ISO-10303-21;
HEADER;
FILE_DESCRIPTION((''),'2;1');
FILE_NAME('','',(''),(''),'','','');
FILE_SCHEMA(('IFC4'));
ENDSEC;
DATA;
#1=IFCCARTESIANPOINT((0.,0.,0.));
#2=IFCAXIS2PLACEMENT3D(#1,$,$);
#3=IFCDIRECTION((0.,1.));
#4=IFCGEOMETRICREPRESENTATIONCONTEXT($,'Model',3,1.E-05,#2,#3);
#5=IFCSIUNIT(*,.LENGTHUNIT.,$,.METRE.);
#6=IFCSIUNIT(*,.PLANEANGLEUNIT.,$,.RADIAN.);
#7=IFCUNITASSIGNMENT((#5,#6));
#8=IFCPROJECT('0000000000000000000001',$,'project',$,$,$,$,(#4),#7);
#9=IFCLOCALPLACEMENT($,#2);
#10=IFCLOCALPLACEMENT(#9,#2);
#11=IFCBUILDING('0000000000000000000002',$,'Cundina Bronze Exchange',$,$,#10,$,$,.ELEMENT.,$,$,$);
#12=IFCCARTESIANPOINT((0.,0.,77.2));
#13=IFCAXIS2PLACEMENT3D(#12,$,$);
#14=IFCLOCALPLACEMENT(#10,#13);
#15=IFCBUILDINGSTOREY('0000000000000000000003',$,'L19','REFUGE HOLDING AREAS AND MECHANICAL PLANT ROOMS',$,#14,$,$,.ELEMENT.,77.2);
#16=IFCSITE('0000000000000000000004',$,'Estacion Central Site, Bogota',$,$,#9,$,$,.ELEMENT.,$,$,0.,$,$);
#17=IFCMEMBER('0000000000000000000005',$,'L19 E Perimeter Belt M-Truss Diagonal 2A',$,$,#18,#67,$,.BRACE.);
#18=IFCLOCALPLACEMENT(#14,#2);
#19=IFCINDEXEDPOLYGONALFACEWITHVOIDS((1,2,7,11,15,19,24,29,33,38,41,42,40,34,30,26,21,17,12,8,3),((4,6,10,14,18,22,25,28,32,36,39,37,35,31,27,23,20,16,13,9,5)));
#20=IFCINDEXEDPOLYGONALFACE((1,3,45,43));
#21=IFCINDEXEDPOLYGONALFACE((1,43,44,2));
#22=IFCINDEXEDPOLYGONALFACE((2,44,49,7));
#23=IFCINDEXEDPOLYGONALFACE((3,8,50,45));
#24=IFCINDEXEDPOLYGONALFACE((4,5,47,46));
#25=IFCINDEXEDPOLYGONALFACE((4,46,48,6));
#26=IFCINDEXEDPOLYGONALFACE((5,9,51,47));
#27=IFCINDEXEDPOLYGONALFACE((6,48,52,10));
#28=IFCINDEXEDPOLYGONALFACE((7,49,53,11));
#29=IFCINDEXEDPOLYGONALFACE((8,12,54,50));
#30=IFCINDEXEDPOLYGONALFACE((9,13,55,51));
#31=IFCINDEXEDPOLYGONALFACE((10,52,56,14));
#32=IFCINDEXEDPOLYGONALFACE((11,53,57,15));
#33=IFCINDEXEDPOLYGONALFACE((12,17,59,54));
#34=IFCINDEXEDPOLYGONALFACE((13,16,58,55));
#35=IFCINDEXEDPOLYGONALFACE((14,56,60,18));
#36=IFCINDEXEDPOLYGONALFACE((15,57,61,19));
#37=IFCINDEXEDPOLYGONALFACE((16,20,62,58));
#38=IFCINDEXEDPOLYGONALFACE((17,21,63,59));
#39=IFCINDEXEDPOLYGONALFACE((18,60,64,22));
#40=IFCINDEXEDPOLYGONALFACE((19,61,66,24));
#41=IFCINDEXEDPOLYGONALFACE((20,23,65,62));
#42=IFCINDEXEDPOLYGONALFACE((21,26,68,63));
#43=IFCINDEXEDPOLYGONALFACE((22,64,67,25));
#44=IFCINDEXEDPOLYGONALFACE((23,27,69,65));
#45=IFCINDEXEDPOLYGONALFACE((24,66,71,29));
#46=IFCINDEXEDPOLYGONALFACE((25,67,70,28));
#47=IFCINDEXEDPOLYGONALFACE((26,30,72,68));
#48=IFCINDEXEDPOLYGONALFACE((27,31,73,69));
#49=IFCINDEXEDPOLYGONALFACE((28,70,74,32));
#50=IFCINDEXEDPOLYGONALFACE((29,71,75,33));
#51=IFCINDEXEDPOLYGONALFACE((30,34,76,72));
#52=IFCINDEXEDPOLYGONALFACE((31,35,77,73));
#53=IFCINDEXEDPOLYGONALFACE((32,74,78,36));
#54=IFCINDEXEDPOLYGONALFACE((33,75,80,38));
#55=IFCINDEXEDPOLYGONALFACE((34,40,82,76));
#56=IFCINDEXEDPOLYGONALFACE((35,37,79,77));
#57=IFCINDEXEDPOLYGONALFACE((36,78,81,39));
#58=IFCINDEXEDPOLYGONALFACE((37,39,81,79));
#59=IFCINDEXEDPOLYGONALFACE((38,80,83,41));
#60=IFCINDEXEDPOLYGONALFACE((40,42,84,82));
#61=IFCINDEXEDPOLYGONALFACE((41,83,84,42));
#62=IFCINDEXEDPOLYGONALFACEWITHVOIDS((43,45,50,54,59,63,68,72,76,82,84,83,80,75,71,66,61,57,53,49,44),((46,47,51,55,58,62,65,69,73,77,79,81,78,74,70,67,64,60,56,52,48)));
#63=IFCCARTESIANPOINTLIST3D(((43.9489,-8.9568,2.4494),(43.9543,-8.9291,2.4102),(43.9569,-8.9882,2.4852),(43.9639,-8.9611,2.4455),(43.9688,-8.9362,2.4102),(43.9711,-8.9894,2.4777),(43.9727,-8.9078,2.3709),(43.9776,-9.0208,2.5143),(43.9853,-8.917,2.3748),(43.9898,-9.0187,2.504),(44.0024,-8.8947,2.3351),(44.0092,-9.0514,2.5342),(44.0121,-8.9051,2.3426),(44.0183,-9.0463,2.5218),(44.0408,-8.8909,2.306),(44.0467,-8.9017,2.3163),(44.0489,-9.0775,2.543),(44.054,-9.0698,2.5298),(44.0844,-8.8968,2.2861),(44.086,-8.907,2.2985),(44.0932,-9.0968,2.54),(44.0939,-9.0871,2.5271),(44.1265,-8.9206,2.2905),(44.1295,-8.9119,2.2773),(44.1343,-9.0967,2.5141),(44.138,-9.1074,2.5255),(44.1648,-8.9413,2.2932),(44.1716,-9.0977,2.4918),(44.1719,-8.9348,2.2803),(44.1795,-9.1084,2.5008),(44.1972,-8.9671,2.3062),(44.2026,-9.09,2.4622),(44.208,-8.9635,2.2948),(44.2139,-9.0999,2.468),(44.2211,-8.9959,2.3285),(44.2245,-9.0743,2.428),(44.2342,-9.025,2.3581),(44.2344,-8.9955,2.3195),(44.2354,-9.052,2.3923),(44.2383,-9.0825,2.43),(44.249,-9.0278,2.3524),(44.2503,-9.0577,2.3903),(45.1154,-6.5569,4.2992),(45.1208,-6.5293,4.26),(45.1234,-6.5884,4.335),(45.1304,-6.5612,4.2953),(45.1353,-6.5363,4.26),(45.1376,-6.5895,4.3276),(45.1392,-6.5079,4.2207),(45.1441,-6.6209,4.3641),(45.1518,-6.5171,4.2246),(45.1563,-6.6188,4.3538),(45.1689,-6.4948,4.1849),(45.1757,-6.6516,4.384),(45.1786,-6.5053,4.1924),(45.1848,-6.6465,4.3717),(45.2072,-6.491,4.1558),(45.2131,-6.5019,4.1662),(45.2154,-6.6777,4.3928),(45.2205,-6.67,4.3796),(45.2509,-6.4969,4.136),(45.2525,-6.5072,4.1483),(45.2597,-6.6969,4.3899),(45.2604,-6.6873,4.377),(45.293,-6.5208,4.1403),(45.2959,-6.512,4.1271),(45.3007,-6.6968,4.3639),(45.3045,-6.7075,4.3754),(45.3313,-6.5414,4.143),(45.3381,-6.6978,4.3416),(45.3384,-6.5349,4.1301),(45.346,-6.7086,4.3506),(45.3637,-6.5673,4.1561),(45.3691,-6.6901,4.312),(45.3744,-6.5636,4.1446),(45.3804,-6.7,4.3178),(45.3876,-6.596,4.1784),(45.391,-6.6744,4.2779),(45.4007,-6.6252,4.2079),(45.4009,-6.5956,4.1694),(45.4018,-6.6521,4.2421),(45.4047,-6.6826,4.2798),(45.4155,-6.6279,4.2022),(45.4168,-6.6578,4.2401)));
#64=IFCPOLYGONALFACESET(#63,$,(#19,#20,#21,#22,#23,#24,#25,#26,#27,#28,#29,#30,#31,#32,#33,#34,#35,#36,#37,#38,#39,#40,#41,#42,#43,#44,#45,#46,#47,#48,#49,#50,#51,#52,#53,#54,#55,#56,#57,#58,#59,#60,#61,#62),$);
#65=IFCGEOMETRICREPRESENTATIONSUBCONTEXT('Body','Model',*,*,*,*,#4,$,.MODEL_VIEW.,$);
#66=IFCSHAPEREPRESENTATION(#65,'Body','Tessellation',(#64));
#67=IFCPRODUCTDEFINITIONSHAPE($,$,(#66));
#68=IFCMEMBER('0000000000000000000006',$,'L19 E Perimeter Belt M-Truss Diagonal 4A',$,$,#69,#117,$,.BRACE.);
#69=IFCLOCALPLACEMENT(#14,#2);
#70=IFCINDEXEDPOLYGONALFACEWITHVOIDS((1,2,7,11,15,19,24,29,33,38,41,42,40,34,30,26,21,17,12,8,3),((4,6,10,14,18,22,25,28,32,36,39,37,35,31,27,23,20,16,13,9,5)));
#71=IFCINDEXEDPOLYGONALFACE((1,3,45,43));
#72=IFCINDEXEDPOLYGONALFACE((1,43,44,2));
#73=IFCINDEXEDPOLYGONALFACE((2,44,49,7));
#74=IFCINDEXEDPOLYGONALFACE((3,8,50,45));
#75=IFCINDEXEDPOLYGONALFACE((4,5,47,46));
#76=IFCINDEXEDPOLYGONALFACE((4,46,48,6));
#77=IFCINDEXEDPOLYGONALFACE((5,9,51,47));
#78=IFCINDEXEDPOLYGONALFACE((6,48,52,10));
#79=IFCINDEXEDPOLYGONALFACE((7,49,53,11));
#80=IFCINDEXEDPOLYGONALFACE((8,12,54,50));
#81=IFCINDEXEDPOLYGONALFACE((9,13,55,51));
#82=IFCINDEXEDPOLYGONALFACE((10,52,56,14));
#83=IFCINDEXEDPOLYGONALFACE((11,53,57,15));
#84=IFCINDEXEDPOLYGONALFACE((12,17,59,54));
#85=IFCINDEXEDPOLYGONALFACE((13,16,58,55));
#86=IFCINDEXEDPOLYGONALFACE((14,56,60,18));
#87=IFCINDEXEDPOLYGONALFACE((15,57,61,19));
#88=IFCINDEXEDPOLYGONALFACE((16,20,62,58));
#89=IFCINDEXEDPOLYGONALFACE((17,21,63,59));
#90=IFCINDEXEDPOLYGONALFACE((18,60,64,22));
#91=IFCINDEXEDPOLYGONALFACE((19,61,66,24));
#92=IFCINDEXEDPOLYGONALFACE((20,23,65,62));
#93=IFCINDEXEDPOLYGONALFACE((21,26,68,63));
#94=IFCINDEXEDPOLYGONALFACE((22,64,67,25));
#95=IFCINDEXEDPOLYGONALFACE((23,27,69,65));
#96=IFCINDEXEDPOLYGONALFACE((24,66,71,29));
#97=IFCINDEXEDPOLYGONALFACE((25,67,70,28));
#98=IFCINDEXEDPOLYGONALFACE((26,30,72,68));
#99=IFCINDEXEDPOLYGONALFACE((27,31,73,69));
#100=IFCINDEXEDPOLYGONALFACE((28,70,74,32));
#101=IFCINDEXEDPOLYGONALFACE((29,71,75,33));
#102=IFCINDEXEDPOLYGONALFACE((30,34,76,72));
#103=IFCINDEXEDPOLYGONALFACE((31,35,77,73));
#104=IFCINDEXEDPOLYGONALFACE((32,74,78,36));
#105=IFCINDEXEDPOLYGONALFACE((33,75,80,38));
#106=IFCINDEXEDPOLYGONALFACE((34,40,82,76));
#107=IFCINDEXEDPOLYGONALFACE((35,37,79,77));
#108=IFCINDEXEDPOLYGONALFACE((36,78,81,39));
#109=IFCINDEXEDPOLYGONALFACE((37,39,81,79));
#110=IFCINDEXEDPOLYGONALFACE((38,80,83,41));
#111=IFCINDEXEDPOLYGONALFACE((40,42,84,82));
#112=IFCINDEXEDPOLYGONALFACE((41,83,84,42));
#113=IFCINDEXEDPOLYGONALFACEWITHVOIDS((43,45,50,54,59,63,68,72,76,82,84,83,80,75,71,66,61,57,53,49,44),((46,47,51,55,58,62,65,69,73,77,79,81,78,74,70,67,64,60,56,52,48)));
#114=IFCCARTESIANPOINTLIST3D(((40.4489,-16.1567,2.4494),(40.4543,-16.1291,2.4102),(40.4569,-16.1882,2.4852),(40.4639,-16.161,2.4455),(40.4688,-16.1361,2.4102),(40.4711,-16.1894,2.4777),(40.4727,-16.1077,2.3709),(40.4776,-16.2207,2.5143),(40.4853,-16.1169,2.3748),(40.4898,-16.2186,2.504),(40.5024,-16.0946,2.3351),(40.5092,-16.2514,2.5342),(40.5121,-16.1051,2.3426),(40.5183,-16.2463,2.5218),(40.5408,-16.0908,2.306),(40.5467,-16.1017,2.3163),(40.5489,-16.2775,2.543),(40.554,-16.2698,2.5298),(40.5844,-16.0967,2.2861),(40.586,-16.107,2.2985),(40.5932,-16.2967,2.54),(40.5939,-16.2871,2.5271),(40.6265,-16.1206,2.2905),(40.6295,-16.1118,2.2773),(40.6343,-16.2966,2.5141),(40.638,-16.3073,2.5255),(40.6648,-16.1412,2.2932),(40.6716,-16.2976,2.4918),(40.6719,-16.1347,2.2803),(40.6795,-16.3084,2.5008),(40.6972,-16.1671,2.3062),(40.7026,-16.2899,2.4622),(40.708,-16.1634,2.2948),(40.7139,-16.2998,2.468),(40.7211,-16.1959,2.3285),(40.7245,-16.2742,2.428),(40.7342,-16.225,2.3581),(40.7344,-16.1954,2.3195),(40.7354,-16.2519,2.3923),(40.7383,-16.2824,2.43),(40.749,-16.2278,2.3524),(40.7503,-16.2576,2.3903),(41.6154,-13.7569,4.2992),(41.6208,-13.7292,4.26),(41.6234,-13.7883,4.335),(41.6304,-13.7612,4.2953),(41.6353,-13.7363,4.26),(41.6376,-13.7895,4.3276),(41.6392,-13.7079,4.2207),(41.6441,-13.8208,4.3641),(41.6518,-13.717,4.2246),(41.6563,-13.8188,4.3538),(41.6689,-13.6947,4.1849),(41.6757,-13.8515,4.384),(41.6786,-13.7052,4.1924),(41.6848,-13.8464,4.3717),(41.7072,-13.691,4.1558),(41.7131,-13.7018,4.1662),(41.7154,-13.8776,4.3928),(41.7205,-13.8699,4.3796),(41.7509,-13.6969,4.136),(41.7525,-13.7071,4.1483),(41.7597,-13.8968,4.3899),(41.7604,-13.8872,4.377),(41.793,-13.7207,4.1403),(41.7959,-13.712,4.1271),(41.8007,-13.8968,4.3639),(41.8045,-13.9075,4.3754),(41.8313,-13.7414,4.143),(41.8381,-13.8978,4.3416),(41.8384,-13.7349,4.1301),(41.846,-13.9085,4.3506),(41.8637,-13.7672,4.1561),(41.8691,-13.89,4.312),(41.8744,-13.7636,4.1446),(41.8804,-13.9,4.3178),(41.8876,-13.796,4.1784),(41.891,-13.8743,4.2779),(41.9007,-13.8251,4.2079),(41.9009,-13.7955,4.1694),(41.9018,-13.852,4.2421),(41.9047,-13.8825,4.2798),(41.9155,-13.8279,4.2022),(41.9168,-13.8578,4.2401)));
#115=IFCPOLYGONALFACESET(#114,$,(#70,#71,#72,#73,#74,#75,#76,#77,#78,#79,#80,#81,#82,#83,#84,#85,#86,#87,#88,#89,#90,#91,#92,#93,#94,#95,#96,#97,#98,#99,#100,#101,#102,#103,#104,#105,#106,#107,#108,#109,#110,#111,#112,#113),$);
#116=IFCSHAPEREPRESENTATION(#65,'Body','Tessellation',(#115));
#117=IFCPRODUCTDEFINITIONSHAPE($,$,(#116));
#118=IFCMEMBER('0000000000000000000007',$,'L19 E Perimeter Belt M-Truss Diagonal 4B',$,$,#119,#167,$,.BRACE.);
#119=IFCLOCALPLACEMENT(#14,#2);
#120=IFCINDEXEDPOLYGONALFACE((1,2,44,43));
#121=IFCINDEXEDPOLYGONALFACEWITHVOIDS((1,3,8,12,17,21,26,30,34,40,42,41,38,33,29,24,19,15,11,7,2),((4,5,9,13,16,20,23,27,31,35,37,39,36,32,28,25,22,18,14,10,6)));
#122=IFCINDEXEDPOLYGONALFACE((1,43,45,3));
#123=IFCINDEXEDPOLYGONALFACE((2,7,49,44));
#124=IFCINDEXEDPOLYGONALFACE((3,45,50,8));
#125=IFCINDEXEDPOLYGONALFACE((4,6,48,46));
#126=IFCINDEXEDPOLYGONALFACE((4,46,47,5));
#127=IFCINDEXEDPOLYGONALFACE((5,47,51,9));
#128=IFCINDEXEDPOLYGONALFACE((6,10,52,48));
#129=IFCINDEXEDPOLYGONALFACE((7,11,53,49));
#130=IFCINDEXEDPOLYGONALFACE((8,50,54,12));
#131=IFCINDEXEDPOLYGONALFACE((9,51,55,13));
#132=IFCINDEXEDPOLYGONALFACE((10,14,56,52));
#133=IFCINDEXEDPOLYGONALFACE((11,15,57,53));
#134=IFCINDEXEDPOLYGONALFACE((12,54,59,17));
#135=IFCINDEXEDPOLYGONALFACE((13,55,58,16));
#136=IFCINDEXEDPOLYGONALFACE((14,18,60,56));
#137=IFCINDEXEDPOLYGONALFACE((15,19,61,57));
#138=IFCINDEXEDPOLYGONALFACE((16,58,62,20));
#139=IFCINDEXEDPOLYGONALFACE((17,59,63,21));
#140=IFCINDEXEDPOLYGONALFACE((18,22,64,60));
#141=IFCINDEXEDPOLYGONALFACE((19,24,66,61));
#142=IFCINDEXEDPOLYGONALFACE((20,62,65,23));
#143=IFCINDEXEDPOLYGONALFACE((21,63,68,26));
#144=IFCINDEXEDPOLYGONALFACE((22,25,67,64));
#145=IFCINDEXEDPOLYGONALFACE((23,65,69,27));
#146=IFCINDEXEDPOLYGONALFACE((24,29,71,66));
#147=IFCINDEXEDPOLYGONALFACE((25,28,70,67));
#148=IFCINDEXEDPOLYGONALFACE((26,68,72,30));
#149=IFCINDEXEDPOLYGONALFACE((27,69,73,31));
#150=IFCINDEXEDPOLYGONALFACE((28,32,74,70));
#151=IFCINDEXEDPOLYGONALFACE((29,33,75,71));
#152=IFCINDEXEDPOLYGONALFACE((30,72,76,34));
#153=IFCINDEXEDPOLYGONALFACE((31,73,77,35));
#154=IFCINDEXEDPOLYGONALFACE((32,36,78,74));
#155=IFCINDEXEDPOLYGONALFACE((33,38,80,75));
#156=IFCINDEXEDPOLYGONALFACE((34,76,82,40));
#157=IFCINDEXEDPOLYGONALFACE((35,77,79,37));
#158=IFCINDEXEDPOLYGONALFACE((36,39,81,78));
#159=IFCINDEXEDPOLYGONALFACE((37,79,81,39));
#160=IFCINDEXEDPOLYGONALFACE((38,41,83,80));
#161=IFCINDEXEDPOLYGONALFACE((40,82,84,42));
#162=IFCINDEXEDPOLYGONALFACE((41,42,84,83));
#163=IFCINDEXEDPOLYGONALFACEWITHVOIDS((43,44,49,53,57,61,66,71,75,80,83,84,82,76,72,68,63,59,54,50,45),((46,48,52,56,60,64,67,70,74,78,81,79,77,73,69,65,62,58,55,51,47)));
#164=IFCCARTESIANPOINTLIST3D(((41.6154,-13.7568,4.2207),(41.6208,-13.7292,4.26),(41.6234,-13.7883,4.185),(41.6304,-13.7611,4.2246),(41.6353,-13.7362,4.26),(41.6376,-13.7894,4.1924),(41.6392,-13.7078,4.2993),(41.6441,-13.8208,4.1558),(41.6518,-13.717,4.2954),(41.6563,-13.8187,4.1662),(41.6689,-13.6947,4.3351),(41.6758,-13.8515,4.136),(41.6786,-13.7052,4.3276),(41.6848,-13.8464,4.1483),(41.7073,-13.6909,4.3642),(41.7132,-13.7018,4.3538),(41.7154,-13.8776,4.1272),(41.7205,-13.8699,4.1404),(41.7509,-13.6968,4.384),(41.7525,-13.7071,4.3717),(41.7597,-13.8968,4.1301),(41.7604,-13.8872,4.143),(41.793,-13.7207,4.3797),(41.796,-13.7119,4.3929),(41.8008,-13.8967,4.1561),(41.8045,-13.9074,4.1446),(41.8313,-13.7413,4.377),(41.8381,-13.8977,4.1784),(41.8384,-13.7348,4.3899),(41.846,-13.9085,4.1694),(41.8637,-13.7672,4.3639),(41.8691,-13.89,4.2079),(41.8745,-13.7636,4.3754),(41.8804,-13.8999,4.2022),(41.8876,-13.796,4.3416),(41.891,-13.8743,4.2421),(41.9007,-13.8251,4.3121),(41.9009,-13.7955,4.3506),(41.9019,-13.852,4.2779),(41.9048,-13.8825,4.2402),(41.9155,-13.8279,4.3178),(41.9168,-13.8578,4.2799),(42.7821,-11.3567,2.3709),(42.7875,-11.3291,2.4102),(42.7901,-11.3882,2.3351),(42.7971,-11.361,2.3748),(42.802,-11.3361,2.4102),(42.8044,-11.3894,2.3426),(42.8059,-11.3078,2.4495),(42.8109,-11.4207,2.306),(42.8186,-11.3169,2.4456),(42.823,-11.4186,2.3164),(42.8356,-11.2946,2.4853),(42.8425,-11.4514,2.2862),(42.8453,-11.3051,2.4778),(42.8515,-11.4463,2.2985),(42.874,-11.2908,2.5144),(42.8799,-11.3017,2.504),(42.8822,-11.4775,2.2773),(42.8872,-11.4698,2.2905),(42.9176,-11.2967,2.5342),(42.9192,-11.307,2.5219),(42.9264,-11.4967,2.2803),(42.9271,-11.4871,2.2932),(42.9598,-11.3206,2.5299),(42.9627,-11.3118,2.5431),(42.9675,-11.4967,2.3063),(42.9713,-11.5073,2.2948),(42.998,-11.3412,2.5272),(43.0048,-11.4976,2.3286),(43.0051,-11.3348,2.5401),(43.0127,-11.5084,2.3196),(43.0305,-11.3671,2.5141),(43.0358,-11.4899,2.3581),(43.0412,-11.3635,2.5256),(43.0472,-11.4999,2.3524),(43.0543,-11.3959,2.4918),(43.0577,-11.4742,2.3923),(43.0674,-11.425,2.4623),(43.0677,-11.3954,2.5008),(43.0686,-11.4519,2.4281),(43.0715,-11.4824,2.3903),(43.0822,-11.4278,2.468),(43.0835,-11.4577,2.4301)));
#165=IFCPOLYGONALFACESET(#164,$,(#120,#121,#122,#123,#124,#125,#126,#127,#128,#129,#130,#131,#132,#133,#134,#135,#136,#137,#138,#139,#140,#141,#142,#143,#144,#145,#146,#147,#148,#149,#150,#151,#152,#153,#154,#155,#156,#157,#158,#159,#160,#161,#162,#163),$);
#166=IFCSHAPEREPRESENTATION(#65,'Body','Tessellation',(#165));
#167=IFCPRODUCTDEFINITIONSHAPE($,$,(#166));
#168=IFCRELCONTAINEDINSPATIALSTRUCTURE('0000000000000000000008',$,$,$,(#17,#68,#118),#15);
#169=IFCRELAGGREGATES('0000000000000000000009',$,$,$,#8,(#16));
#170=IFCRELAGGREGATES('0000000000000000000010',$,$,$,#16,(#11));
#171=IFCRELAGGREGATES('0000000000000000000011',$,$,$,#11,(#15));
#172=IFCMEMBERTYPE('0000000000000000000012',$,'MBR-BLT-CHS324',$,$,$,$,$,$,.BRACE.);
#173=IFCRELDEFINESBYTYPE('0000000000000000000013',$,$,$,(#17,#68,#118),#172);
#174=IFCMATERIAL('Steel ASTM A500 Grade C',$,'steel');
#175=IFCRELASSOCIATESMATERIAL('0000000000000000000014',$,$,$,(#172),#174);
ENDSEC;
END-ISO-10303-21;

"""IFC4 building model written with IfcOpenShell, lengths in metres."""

from ifc_helpers import new_model, si_unit, direction, frame, origin, origin_2d, place, context, subcontext, project, spatial, hollow_circle, extrude, material, material_profile, profile_set, type_object, element, save


model = new_model("IFC4")

# Units and contexts
model_context = context("Model", 3, precision=1e-05, world=origin(), true_north=direction((0.0, 1.0)))
body_context = subcontext(model_context, "Body", "Model", "MODEL_VIEW")
ifc_project = project(units=[si_unit("LENGTHUNIT", "METRE"), si_unit("PLANEANGLEUNIT", "RADIAN")], contexts=[model_context])

# Site, building, storey
site_placement = place(None, origin())
site = spatial("IfcSite", under=ifc_project, at=site_placement, Name="Estacion Central Site, Bogota", CompositionType="ELEMENT", RefElevation=0.0)
building_placement = place(site_placement, origin())
building = spatial("IfcBuilding", under=site, at=building_placement, Name="Cundina Bronze Exchange", CompositionType="ELEMENT")
storey_placement = place(building_placement, frame((0.0, 0.0, 77.2)))
storey = spatial("IfcBuildingStorey", under=building, at=storey_placement, Name="L19", Description="REFUGE HOLDING AREAS AND MECHANICAL PLANT ROOMS", CompositionType="ELEMENT", Elevation=77.2)

# Members
ifc_material_1 = material(Name="Steel ASTM A500 Grade C", Category="steel")
ifc_material_profile_1 = material_profile(ifc_material_1, hollow_circle(Radius=0.1621, WallThickness=0.0161, at=origin_2d()), Name="CHS324X16", Category="steel")
ifc_profile_set_1 = profile_set([ifc_material_profile_1], Name="Steel ASTM A500 Grade C")
member_type_1 = type_object("IfcMemberType", Name="MBR-BLT-CHS324", PredefinedType="BRACE", material=ifc_profile_set_1)
for number, where, z_axis, x_axis, name in (
    (1, (44.1001, -9.0, 2.4102), (0.359269, 0.739141, 0.569733), (-0.899385, 0.437158, 0.0), "L19 E Perimeter Belt M-Truss Diagonal 2A"),
    (2, (40.6001, -16.2, 2.4102), (0.359269, 0.739141, 0.569733), (-0.899385, 0.437158, 0.0), "L19 E Perimeter Belt M-Truss Diagonal 4A"),
):
    element("IfcMember", number, at=place(storey_placement, frame(where, z_axis=z_axis, x_axis=x_axis)), inside=storey, type_object=member_type_1, Name=name, PredefinedType="BRACE", context=body_context, shape_type="SweptSolid", body=[
        extrude(hollow_circle(Radius=0.1621, WallThickness=0.0161, at=origin_2d()), origin(), (0.0, 0.0, 1.0), 3.2468),
    ])
for number, where, z_axis, x_axis, name in (
    (3, (41.7666, -13.8, 4.26), (0.359315, 0.739156, -0.569686), (-0.899366, 0.437196, 0.0), "L19 E Perimeter Belt M-Truss Diagonal 4B"),
):
    element("IfcMember", number, at=place(storey_placement, frame(where, z_axis=z_axis, x_axis=x_axis)), inside=storey, type_object=member_type_1, Name=name, PredefinedType="BRACE", context=body_context, shape_type="SweptSolid", body=[
        extrude(hollow_circle(Radius=0.1621, WallThickness=0.0161, at=origin_2d()), origin(), (0.0, 0.0, 1.0), 3.2471),
    ])

save(model, "model.ifc")
